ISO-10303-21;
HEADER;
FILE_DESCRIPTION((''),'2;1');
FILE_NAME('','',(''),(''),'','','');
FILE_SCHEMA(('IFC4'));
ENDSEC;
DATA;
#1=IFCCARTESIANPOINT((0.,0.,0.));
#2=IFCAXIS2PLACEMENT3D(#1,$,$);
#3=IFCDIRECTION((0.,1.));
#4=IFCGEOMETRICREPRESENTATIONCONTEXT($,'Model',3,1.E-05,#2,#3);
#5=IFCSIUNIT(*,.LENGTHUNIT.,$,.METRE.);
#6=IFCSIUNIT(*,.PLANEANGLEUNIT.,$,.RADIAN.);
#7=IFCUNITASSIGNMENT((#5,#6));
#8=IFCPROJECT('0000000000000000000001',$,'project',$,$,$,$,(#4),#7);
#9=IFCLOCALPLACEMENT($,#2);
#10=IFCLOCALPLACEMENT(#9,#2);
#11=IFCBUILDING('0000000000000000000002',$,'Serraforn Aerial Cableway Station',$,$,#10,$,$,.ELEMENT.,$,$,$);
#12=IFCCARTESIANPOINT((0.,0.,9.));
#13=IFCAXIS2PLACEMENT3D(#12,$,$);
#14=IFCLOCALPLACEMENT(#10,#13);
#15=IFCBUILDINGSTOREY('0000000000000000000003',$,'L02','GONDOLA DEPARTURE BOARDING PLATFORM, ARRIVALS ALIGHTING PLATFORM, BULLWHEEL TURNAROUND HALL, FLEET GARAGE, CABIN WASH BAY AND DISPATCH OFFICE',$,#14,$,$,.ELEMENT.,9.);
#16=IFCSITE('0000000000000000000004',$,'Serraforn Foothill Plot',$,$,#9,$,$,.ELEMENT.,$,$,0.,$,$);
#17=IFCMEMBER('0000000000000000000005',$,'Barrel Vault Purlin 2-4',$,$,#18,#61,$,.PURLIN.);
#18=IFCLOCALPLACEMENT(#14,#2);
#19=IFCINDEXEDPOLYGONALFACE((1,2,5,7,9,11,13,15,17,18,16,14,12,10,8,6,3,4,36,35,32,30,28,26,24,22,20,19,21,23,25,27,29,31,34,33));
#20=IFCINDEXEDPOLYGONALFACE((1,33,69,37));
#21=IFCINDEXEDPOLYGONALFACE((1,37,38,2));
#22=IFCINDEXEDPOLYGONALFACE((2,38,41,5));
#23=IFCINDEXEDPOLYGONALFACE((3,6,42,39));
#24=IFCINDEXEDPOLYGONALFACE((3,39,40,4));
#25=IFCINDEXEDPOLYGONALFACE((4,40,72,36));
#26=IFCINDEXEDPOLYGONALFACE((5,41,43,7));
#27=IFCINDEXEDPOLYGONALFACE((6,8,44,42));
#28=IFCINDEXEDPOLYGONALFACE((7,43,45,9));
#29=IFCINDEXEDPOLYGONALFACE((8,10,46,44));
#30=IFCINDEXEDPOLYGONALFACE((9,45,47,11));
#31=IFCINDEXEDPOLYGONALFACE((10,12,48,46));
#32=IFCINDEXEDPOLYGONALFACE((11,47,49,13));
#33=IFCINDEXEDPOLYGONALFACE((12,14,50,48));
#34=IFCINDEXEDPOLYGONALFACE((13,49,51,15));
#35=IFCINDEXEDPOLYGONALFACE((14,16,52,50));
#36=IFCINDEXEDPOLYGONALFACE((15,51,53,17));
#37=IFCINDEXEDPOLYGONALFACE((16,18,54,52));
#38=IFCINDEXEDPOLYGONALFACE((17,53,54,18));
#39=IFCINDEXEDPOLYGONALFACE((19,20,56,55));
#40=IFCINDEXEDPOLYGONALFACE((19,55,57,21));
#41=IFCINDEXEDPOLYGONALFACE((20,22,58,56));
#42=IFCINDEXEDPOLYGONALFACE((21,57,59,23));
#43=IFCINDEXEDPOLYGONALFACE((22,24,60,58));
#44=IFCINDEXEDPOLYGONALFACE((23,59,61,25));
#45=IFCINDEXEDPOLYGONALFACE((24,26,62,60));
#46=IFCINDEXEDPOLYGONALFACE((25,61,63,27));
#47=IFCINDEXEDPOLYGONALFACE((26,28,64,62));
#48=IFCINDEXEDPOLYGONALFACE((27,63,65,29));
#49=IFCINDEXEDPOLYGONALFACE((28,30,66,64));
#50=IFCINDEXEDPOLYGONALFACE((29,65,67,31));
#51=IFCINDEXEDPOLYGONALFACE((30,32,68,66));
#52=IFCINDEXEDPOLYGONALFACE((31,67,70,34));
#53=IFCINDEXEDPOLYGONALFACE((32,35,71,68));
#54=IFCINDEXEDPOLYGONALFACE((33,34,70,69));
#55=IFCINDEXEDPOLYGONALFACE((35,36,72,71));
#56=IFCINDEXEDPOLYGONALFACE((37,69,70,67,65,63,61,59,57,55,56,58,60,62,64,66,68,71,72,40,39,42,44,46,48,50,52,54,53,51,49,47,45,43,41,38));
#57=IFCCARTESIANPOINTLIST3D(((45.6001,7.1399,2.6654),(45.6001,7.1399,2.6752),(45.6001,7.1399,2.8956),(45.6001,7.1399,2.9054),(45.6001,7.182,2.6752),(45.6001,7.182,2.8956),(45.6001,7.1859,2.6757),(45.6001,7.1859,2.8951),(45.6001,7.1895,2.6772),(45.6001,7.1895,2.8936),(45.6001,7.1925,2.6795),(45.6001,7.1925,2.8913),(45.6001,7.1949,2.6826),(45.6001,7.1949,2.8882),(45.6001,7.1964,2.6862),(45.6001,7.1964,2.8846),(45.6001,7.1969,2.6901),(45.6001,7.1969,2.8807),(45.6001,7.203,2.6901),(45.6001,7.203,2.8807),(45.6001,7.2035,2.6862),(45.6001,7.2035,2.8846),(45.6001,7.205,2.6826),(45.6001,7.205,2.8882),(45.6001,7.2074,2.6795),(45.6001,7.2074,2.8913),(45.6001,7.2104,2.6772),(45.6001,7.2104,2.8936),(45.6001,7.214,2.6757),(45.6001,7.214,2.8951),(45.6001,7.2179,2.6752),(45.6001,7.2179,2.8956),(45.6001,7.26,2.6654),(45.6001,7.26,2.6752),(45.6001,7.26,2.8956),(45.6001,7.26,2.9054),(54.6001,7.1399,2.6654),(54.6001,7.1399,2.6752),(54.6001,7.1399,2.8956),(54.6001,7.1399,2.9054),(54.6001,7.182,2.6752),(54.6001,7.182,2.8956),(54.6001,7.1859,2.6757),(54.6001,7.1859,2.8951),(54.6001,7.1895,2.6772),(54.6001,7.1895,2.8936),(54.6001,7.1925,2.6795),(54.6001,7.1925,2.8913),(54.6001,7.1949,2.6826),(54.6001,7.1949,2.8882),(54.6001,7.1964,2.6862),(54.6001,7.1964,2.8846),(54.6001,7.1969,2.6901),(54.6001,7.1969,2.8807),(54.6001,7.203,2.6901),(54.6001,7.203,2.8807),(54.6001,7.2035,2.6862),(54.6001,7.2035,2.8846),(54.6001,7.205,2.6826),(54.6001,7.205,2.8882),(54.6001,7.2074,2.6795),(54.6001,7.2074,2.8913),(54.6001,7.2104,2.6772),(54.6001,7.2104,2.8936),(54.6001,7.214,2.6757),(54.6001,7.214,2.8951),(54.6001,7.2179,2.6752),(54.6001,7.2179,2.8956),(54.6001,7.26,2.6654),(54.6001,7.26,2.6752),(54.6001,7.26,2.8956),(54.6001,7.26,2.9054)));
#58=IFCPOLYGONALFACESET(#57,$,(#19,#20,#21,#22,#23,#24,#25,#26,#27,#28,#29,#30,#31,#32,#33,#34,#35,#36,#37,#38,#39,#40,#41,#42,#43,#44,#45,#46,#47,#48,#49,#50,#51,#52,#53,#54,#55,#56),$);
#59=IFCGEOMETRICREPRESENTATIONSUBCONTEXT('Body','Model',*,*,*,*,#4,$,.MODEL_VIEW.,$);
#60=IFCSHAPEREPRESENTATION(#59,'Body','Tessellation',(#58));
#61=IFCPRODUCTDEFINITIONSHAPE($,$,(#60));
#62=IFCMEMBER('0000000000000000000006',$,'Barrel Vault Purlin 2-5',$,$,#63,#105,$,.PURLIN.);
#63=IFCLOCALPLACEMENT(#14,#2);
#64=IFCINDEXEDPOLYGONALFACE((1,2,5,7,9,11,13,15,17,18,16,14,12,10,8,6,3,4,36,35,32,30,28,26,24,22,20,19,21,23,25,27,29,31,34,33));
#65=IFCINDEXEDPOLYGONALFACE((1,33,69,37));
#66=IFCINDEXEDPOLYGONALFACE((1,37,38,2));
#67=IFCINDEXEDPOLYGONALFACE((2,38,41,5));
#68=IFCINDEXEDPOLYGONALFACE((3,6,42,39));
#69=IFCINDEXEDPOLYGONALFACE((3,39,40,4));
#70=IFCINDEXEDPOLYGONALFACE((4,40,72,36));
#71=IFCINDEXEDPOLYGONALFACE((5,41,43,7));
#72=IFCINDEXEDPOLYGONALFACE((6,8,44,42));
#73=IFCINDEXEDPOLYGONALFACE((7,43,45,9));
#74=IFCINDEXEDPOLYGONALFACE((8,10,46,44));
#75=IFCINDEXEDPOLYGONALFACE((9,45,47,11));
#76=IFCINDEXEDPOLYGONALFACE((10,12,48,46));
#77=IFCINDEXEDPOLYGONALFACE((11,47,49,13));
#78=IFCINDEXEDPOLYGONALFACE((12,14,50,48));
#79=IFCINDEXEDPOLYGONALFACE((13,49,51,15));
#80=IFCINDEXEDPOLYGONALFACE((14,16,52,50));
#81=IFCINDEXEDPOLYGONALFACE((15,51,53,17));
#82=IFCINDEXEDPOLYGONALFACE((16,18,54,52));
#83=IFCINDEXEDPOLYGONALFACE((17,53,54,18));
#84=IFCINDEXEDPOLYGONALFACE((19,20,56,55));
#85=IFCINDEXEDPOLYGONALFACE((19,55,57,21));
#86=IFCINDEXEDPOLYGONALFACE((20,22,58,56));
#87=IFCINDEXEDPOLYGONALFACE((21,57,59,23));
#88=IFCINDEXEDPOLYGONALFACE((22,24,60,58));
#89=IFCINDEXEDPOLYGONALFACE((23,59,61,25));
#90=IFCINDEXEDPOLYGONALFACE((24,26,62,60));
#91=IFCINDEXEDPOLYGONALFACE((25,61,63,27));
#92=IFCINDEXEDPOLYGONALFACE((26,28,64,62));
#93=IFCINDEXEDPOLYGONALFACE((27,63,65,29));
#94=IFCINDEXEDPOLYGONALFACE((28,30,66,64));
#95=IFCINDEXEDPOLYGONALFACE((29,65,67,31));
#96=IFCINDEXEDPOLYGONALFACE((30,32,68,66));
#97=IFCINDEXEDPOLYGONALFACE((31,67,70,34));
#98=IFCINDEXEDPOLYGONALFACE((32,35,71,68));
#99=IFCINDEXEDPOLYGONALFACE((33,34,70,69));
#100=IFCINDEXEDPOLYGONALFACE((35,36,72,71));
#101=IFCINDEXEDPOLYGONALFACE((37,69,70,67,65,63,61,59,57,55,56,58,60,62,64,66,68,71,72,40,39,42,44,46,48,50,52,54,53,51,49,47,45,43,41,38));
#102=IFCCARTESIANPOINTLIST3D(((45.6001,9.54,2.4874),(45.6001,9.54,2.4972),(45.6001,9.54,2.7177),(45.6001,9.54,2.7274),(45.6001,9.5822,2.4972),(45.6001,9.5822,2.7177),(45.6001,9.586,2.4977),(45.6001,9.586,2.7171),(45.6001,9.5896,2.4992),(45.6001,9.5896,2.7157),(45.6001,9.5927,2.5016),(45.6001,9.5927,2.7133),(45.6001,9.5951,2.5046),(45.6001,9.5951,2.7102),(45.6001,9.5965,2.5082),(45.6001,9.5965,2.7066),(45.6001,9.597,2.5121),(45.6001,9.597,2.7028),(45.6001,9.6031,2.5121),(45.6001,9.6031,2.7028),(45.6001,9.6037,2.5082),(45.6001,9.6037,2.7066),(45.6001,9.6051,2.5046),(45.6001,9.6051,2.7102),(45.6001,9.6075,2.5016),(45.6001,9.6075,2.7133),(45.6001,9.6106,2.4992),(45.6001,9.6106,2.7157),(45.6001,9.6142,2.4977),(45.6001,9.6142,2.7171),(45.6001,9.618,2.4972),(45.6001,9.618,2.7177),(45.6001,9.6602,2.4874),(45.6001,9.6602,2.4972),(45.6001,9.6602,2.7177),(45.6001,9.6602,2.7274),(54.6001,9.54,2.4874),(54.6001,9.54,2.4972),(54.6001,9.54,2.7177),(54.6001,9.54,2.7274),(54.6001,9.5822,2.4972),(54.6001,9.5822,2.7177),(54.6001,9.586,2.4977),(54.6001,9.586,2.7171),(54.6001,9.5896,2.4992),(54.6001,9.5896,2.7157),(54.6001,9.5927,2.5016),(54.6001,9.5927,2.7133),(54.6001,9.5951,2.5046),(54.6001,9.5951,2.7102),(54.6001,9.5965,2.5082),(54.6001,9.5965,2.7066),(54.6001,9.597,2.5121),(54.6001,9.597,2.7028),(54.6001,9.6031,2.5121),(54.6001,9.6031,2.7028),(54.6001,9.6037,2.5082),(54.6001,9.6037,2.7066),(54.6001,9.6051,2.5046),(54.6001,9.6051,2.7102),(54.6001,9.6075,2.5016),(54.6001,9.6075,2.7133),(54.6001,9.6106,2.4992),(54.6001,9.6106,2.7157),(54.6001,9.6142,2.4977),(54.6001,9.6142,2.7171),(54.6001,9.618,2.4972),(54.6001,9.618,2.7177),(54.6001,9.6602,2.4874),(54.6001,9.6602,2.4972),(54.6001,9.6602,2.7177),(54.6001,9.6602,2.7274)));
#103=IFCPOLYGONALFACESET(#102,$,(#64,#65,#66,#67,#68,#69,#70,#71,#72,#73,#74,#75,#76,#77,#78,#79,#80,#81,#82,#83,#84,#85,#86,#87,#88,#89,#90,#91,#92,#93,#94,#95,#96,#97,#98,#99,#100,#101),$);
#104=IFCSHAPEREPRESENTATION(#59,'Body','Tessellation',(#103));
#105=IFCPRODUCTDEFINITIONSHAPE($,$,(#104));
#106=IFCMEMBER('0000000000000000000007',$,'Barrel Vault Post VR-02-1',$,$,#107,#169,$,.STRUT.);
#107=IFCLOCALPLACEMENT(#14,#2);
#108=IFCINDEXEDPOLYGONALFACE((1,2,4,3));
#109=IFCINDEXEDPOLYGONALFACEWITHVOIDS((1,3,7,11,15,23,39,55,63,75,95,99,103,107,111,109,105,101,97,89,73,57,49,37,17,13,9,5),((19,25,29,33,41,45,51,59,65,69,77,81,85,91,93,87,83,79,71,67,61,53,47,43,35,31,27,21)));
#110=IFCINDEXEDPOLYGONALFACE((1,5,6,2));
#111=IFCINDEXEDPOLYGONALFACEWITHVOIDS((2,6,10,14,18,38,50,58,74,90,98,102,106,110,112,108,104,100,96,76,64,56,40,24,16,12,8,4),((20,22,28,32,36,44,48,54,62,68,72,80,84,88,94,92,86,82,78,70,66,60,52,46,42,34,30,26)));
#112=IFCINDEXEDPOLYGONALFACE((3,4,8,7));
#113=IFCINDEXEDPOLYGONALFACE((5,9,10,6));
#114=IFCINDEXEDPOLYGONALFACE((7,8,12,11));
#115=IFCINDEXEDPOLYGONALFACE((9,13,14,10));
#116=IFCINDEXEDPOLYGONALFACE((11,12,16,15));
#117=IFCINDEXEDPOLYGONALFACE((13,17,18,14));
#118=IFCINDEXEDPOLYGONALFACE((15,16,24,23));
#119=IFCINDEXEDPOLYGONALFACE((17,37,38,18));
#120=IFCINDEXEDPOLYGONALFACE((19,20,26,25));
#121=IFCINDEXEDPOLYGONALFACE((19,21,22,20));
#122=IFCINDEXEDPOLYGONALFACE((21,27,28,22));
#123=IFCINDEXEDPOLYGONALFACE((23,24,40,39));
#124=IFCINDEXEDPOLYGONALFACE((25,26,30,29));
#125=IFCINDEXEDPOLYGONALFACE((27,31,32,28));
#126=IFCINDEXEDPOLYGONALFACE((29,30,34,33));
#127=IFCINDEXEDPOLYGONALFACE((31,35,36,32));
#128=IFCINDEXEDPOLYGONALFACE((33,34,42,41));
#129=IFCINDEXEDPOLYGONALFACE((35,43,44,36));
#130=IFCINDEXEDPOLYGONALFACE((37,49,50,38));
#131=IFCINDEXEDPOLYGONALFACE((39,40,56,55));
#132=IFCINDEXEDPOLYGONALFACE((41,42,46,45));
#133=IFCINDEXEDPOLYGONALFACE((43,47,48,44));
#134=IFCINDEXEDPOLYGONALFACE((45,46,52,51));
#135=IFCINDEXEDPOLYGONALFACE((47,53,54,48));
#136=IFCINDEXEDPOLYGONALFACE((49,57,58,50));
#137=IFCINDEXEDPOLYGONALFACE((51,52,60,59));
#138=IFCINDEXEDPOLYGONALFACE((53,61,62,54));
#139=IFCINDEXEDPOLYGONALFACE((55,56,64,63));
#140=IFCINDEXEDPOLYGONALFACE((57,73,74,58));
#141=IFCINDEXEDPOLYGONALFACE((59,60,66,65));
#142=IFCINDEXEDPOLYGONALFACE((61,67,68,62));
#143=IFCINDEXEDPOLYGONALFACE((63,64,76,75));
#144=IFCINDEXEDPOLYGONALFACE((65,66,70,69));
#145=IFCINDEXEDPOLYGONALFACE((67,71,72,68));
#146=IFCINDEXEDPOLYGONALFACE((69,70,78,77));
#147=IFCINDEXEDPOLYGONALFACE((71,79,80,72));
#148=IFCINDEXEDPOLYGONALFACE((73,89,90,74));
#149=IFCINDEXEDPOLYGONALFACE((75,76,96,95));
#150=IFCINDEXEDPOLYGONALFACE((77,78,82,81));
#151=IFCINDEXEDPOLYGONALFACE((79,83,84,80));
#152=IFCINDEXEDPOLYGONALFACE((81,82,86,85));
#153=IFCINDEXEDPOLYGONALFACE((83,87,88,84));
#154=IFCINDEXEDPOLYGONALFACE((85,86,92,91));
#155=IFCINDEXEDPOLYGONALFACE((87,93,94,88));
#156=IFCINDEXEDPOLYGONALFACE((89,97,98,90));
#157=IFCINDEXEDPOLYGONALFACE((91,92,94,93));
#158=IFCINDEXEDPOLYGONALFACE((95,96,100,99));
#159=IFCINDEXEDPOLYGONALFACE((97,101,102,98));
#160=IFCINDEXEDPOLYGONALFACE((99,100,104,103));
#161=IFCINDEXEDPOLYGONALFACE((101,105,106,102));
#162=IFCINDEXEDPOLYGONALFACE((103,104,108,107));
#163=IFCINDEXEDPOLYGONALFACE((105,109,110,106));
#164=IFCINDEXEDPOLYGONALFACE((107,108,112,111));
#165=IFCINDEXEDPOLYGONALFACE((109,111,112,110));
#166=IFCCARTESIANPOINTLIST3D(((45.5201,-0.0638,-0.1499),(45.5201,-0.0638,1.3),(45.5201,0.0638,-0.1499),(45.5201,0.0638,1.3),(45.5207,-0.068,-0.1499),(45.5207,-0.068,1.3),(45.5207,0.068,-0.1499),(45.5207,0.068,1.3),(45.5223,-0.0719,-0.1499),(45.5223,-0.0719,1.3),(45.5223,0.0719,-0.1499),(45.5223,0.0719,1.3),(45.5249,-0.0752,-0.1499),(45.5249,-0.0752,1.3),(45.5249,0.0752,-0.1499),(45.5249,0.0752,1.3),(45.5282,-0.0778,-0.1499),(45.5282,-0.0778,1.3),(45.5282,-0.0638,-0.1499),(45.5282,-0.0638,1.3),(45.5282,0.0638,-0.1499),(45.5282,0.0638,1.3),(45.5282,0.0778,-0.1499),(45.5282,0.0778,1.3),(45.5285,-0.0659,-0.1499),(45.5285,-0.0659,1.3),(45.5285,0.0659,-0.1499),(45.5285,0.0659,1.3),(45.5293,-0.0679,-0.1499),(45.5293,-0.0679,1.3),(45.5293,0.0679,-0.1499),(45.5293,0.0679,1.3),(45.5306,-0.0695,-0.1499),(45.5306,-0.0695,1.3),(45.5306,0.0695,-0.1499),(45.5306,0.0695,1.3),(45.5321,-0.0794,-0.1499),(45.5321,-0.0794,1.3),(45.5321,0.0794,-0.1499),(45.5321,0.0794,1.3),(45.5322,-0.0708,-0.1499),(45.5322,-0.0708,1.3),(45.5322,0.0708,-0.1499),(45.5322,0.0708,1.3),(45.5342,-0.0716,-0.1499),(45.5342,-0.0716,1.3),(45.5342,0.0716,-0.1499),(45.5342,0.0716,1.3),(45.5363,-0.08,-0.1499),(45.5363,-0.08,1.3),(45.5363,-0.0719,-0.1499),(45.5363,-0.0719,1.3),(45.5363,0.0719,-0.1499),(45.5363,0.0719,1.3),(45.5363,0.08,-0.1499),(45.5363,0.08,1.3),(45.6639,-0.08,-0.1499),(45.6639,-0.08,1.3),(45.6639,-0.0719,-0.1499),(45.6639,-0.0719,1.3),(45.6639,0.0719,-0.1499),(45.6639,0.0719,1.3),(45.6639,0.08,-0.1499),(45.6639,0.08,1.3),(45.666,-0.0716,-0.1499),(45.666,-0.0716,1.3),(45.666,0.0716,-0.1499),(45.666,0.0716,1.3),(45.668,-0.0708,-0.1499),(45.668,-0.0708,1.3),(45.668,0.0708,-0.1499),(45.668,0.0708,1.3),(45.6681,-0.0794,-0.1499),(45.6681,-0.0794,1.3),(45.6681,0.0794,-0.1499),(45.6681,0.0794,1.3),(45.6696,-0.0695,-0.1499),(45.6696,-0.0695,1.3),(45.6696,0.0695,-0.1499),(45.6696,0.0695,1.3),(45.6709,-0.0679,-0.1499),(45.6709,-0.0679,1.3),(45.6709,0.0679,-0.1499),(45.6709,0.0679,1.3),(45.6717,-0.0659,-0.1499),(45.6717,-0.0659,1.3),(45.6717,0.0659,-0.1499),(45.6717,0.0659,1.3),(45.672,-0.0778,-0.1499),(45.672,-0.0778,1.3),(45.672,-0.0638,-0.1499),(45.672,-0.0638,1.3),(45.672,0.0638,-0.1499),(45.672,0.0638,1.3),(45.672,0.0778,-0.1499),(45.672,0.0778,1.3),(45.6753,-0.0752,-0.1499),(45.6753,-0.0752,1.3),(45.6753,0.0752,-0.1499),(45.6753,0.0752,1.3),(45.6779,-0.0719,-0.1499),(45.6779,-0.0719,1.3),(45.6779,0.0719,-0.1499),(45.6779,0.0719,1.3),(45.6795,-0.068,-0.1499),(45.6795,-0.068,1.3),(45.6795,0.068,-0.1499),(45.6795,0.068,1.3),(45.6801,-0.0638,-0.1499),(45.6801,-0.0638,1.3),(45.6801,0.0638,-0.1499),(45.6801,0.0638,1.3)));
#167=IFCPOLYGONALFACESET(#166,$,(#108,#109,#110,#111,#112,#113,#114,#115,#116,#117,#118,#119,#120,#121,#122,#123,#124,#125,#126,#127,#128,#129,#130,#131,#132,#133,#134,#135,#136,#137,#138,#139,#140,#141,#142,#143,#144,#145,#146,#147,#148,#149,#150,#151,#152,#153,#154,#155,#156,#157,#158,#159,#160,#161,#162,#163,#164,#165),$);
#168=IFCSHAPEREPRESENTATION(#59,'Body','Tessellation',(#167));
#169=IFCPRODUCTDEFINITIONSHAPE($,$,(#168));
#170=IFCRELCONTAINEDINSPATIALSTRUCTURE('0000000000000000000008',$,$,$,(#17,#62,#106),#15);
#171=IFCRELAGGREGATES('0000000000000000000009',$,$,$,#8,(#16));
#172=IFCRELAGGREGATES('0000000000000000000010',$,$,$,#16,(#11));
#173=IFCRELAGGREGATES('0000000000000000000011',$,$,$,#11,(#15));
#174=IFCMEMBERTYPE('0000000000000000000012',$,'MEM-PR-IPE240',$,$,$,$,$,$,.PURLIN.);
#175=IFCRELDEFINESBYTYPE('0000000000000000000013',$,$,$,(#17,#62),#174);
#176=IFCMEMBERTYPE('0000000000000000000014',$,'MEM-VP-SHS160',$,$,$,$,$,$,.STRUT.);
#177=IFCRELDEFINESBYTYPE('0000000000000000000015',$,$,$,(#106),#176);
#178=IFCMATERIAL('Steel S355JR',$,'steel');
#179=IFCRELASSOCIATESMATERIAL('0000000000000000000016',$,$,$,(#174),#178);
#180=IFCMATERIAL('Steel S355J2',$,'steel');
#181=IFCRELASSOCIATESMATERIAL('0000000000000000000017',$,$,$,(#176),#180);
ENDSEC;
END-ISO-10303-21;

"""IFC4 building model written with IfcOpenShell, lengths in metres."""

from ifc_helpers import new_model, si_unit, direction, frame, origin, origin_2d, place, context, subcontext, project, spatial, hollow_rectangle, i_section, extrude, material, material_profile, profile_set, type_object, element, save


model = new_model("IFC4")

# Units and contexts
model_context = context("Model", 3, precision=1e-05, world=origin(), true_north=direction((0.0, 1.0)))
body_context = subcontext(model_context, "Body", "Model", "MODEL_VIEW")
ifc_project = project(units=[si_unit("LENGTHUNIT", "METRE"), si_unit("PLANEANGLEUNIT", "RADIAN")], contexts=[model_context])

# Site, building, storey
site_placement = place(None, origin())
site = spatial("IfcSite", under=ifc_project, at=site_placement, Name="Serraforn Foothill Plot", CompositionType="ELEMENT", RefElevation=0.0)
building_placement = place(site_placement, origin())
building = spatial("IfcBuilding", under=site, at=building_placement, Name="Serraforn Aerial Cableway Station", CompositionType="ELEMENT")
storey_placement = place(building_placement, frame((0.0, 0.0, 9.0)))
storey = spatial("IfcBuildingStorey", under=building, at=storey_placement, Name="L02", Description="GONDOLA DEPARTURE BOARDING PLATFORM, ARRIVALS ALIGHTING PLATFORM, BULLWHEEL TURNAROUND HALL, FLEET GARAGE, CABIN WASH BAY AND DISPATCH OFFICE", CompositionType="ELEMENT", Elevation=9.0)

# Shared definitions
ifc_material_1 = material(Name="Steel S355JR", Category="steel")

# Members
ifc_material_2 = material(Name="Steel S355J2", Category="steel")
ifc_material_profile_1 = material_profile(ifc_material_1, i_section(OverallWidth=0.1201, OverallDepth=0.24, WebThickness=0.0061, FlangeThickness=0.0098, FilletRadius=0.0149, at=origin_2d()), Name="IPE 240")
ifc_profile_set_1 = profile_set([ifc_material_profile_1], Name="Steel S355JR")
member_type_1 = type_object("IfcMemberType", Name="MEM-PR-IPE240", PredefinedType="PURLIN", material=ifc_profile_set_1)
for number, where, z_axis, x_axis, name in (
    (1, (45.6001, 7.2, 2.7854), (1.0, 0.0, 0.0), (0.0, 1.0, 0.0), "Barrel Vault Purlin 2-4"),
    (2, (45.6001, 9.6001, 2.6074), (1.0, 0.0, 0.0), (0.0, 1.0, 0.0), "Barrel Vault Purlin 2-5"),
):
    element("IfcMember", number, at=place(storey_placement, frame(where, z_axis=z_axis, x_axis=x_axis)), inside=storey, type_object=member_type_1, Name=name, PredefinedType="PURLIN", context=body_context, shape_type="SweptSolid", body=[
        extrude(i_section(OverallWidth=0.1201, OverallDepth=0.24, WebThickness=0.0061, FlangeThickness=0.0098, FilletRadius=0.0149, at=origin_2d()), origin(), (0.0, 0.0, 1.0), 9.0),
    ])
ifc_material_profile_2 = material_profile(ifc_material_2, hollow_rectangle(XDim=0.1599, YDim=0.1599, WallThickness=0.0081, InnerFilletRadius=0.0081, OuterFilletRadius=0.0161, at=origin_2d()), Name="SHS 160x160x8.0")
ifc_profile_set_2 = profile_set([ifc_material_profile_2], Name="Steel S355J2")
member_type_2 = type_object("IfcMemberType", Name="MEM-VP-SHS160", PredefinedType="STRUT", material=ifc_profile_set_2)
member_1_placement = place(storey_placement, frame((45.6001, 0.0, -0.1499), z_axis=(0.0, 0.0, 1.0), x_axis=(1.0, 0.0, 0.0)))
element("IfcMember", 3, at=member_1_placement, inside=storey, type_object=member_type_2, Name="Barrel Vault Post VR-02-1", PredefinedType="STRUT", context=body_context, shape_type="SweptSolid", body=[
    extrude(hollow_rectangle(XDim=0.1599, YDim=0.1599, WallThickness=0.0081, InnerFilletRadius=0.0081, OuterFilletRadius=0.0161, at=origin_2d()), origin(), (0.0, 0.0, 1.0), 1.45),
])

save(model, "model.ifc")
